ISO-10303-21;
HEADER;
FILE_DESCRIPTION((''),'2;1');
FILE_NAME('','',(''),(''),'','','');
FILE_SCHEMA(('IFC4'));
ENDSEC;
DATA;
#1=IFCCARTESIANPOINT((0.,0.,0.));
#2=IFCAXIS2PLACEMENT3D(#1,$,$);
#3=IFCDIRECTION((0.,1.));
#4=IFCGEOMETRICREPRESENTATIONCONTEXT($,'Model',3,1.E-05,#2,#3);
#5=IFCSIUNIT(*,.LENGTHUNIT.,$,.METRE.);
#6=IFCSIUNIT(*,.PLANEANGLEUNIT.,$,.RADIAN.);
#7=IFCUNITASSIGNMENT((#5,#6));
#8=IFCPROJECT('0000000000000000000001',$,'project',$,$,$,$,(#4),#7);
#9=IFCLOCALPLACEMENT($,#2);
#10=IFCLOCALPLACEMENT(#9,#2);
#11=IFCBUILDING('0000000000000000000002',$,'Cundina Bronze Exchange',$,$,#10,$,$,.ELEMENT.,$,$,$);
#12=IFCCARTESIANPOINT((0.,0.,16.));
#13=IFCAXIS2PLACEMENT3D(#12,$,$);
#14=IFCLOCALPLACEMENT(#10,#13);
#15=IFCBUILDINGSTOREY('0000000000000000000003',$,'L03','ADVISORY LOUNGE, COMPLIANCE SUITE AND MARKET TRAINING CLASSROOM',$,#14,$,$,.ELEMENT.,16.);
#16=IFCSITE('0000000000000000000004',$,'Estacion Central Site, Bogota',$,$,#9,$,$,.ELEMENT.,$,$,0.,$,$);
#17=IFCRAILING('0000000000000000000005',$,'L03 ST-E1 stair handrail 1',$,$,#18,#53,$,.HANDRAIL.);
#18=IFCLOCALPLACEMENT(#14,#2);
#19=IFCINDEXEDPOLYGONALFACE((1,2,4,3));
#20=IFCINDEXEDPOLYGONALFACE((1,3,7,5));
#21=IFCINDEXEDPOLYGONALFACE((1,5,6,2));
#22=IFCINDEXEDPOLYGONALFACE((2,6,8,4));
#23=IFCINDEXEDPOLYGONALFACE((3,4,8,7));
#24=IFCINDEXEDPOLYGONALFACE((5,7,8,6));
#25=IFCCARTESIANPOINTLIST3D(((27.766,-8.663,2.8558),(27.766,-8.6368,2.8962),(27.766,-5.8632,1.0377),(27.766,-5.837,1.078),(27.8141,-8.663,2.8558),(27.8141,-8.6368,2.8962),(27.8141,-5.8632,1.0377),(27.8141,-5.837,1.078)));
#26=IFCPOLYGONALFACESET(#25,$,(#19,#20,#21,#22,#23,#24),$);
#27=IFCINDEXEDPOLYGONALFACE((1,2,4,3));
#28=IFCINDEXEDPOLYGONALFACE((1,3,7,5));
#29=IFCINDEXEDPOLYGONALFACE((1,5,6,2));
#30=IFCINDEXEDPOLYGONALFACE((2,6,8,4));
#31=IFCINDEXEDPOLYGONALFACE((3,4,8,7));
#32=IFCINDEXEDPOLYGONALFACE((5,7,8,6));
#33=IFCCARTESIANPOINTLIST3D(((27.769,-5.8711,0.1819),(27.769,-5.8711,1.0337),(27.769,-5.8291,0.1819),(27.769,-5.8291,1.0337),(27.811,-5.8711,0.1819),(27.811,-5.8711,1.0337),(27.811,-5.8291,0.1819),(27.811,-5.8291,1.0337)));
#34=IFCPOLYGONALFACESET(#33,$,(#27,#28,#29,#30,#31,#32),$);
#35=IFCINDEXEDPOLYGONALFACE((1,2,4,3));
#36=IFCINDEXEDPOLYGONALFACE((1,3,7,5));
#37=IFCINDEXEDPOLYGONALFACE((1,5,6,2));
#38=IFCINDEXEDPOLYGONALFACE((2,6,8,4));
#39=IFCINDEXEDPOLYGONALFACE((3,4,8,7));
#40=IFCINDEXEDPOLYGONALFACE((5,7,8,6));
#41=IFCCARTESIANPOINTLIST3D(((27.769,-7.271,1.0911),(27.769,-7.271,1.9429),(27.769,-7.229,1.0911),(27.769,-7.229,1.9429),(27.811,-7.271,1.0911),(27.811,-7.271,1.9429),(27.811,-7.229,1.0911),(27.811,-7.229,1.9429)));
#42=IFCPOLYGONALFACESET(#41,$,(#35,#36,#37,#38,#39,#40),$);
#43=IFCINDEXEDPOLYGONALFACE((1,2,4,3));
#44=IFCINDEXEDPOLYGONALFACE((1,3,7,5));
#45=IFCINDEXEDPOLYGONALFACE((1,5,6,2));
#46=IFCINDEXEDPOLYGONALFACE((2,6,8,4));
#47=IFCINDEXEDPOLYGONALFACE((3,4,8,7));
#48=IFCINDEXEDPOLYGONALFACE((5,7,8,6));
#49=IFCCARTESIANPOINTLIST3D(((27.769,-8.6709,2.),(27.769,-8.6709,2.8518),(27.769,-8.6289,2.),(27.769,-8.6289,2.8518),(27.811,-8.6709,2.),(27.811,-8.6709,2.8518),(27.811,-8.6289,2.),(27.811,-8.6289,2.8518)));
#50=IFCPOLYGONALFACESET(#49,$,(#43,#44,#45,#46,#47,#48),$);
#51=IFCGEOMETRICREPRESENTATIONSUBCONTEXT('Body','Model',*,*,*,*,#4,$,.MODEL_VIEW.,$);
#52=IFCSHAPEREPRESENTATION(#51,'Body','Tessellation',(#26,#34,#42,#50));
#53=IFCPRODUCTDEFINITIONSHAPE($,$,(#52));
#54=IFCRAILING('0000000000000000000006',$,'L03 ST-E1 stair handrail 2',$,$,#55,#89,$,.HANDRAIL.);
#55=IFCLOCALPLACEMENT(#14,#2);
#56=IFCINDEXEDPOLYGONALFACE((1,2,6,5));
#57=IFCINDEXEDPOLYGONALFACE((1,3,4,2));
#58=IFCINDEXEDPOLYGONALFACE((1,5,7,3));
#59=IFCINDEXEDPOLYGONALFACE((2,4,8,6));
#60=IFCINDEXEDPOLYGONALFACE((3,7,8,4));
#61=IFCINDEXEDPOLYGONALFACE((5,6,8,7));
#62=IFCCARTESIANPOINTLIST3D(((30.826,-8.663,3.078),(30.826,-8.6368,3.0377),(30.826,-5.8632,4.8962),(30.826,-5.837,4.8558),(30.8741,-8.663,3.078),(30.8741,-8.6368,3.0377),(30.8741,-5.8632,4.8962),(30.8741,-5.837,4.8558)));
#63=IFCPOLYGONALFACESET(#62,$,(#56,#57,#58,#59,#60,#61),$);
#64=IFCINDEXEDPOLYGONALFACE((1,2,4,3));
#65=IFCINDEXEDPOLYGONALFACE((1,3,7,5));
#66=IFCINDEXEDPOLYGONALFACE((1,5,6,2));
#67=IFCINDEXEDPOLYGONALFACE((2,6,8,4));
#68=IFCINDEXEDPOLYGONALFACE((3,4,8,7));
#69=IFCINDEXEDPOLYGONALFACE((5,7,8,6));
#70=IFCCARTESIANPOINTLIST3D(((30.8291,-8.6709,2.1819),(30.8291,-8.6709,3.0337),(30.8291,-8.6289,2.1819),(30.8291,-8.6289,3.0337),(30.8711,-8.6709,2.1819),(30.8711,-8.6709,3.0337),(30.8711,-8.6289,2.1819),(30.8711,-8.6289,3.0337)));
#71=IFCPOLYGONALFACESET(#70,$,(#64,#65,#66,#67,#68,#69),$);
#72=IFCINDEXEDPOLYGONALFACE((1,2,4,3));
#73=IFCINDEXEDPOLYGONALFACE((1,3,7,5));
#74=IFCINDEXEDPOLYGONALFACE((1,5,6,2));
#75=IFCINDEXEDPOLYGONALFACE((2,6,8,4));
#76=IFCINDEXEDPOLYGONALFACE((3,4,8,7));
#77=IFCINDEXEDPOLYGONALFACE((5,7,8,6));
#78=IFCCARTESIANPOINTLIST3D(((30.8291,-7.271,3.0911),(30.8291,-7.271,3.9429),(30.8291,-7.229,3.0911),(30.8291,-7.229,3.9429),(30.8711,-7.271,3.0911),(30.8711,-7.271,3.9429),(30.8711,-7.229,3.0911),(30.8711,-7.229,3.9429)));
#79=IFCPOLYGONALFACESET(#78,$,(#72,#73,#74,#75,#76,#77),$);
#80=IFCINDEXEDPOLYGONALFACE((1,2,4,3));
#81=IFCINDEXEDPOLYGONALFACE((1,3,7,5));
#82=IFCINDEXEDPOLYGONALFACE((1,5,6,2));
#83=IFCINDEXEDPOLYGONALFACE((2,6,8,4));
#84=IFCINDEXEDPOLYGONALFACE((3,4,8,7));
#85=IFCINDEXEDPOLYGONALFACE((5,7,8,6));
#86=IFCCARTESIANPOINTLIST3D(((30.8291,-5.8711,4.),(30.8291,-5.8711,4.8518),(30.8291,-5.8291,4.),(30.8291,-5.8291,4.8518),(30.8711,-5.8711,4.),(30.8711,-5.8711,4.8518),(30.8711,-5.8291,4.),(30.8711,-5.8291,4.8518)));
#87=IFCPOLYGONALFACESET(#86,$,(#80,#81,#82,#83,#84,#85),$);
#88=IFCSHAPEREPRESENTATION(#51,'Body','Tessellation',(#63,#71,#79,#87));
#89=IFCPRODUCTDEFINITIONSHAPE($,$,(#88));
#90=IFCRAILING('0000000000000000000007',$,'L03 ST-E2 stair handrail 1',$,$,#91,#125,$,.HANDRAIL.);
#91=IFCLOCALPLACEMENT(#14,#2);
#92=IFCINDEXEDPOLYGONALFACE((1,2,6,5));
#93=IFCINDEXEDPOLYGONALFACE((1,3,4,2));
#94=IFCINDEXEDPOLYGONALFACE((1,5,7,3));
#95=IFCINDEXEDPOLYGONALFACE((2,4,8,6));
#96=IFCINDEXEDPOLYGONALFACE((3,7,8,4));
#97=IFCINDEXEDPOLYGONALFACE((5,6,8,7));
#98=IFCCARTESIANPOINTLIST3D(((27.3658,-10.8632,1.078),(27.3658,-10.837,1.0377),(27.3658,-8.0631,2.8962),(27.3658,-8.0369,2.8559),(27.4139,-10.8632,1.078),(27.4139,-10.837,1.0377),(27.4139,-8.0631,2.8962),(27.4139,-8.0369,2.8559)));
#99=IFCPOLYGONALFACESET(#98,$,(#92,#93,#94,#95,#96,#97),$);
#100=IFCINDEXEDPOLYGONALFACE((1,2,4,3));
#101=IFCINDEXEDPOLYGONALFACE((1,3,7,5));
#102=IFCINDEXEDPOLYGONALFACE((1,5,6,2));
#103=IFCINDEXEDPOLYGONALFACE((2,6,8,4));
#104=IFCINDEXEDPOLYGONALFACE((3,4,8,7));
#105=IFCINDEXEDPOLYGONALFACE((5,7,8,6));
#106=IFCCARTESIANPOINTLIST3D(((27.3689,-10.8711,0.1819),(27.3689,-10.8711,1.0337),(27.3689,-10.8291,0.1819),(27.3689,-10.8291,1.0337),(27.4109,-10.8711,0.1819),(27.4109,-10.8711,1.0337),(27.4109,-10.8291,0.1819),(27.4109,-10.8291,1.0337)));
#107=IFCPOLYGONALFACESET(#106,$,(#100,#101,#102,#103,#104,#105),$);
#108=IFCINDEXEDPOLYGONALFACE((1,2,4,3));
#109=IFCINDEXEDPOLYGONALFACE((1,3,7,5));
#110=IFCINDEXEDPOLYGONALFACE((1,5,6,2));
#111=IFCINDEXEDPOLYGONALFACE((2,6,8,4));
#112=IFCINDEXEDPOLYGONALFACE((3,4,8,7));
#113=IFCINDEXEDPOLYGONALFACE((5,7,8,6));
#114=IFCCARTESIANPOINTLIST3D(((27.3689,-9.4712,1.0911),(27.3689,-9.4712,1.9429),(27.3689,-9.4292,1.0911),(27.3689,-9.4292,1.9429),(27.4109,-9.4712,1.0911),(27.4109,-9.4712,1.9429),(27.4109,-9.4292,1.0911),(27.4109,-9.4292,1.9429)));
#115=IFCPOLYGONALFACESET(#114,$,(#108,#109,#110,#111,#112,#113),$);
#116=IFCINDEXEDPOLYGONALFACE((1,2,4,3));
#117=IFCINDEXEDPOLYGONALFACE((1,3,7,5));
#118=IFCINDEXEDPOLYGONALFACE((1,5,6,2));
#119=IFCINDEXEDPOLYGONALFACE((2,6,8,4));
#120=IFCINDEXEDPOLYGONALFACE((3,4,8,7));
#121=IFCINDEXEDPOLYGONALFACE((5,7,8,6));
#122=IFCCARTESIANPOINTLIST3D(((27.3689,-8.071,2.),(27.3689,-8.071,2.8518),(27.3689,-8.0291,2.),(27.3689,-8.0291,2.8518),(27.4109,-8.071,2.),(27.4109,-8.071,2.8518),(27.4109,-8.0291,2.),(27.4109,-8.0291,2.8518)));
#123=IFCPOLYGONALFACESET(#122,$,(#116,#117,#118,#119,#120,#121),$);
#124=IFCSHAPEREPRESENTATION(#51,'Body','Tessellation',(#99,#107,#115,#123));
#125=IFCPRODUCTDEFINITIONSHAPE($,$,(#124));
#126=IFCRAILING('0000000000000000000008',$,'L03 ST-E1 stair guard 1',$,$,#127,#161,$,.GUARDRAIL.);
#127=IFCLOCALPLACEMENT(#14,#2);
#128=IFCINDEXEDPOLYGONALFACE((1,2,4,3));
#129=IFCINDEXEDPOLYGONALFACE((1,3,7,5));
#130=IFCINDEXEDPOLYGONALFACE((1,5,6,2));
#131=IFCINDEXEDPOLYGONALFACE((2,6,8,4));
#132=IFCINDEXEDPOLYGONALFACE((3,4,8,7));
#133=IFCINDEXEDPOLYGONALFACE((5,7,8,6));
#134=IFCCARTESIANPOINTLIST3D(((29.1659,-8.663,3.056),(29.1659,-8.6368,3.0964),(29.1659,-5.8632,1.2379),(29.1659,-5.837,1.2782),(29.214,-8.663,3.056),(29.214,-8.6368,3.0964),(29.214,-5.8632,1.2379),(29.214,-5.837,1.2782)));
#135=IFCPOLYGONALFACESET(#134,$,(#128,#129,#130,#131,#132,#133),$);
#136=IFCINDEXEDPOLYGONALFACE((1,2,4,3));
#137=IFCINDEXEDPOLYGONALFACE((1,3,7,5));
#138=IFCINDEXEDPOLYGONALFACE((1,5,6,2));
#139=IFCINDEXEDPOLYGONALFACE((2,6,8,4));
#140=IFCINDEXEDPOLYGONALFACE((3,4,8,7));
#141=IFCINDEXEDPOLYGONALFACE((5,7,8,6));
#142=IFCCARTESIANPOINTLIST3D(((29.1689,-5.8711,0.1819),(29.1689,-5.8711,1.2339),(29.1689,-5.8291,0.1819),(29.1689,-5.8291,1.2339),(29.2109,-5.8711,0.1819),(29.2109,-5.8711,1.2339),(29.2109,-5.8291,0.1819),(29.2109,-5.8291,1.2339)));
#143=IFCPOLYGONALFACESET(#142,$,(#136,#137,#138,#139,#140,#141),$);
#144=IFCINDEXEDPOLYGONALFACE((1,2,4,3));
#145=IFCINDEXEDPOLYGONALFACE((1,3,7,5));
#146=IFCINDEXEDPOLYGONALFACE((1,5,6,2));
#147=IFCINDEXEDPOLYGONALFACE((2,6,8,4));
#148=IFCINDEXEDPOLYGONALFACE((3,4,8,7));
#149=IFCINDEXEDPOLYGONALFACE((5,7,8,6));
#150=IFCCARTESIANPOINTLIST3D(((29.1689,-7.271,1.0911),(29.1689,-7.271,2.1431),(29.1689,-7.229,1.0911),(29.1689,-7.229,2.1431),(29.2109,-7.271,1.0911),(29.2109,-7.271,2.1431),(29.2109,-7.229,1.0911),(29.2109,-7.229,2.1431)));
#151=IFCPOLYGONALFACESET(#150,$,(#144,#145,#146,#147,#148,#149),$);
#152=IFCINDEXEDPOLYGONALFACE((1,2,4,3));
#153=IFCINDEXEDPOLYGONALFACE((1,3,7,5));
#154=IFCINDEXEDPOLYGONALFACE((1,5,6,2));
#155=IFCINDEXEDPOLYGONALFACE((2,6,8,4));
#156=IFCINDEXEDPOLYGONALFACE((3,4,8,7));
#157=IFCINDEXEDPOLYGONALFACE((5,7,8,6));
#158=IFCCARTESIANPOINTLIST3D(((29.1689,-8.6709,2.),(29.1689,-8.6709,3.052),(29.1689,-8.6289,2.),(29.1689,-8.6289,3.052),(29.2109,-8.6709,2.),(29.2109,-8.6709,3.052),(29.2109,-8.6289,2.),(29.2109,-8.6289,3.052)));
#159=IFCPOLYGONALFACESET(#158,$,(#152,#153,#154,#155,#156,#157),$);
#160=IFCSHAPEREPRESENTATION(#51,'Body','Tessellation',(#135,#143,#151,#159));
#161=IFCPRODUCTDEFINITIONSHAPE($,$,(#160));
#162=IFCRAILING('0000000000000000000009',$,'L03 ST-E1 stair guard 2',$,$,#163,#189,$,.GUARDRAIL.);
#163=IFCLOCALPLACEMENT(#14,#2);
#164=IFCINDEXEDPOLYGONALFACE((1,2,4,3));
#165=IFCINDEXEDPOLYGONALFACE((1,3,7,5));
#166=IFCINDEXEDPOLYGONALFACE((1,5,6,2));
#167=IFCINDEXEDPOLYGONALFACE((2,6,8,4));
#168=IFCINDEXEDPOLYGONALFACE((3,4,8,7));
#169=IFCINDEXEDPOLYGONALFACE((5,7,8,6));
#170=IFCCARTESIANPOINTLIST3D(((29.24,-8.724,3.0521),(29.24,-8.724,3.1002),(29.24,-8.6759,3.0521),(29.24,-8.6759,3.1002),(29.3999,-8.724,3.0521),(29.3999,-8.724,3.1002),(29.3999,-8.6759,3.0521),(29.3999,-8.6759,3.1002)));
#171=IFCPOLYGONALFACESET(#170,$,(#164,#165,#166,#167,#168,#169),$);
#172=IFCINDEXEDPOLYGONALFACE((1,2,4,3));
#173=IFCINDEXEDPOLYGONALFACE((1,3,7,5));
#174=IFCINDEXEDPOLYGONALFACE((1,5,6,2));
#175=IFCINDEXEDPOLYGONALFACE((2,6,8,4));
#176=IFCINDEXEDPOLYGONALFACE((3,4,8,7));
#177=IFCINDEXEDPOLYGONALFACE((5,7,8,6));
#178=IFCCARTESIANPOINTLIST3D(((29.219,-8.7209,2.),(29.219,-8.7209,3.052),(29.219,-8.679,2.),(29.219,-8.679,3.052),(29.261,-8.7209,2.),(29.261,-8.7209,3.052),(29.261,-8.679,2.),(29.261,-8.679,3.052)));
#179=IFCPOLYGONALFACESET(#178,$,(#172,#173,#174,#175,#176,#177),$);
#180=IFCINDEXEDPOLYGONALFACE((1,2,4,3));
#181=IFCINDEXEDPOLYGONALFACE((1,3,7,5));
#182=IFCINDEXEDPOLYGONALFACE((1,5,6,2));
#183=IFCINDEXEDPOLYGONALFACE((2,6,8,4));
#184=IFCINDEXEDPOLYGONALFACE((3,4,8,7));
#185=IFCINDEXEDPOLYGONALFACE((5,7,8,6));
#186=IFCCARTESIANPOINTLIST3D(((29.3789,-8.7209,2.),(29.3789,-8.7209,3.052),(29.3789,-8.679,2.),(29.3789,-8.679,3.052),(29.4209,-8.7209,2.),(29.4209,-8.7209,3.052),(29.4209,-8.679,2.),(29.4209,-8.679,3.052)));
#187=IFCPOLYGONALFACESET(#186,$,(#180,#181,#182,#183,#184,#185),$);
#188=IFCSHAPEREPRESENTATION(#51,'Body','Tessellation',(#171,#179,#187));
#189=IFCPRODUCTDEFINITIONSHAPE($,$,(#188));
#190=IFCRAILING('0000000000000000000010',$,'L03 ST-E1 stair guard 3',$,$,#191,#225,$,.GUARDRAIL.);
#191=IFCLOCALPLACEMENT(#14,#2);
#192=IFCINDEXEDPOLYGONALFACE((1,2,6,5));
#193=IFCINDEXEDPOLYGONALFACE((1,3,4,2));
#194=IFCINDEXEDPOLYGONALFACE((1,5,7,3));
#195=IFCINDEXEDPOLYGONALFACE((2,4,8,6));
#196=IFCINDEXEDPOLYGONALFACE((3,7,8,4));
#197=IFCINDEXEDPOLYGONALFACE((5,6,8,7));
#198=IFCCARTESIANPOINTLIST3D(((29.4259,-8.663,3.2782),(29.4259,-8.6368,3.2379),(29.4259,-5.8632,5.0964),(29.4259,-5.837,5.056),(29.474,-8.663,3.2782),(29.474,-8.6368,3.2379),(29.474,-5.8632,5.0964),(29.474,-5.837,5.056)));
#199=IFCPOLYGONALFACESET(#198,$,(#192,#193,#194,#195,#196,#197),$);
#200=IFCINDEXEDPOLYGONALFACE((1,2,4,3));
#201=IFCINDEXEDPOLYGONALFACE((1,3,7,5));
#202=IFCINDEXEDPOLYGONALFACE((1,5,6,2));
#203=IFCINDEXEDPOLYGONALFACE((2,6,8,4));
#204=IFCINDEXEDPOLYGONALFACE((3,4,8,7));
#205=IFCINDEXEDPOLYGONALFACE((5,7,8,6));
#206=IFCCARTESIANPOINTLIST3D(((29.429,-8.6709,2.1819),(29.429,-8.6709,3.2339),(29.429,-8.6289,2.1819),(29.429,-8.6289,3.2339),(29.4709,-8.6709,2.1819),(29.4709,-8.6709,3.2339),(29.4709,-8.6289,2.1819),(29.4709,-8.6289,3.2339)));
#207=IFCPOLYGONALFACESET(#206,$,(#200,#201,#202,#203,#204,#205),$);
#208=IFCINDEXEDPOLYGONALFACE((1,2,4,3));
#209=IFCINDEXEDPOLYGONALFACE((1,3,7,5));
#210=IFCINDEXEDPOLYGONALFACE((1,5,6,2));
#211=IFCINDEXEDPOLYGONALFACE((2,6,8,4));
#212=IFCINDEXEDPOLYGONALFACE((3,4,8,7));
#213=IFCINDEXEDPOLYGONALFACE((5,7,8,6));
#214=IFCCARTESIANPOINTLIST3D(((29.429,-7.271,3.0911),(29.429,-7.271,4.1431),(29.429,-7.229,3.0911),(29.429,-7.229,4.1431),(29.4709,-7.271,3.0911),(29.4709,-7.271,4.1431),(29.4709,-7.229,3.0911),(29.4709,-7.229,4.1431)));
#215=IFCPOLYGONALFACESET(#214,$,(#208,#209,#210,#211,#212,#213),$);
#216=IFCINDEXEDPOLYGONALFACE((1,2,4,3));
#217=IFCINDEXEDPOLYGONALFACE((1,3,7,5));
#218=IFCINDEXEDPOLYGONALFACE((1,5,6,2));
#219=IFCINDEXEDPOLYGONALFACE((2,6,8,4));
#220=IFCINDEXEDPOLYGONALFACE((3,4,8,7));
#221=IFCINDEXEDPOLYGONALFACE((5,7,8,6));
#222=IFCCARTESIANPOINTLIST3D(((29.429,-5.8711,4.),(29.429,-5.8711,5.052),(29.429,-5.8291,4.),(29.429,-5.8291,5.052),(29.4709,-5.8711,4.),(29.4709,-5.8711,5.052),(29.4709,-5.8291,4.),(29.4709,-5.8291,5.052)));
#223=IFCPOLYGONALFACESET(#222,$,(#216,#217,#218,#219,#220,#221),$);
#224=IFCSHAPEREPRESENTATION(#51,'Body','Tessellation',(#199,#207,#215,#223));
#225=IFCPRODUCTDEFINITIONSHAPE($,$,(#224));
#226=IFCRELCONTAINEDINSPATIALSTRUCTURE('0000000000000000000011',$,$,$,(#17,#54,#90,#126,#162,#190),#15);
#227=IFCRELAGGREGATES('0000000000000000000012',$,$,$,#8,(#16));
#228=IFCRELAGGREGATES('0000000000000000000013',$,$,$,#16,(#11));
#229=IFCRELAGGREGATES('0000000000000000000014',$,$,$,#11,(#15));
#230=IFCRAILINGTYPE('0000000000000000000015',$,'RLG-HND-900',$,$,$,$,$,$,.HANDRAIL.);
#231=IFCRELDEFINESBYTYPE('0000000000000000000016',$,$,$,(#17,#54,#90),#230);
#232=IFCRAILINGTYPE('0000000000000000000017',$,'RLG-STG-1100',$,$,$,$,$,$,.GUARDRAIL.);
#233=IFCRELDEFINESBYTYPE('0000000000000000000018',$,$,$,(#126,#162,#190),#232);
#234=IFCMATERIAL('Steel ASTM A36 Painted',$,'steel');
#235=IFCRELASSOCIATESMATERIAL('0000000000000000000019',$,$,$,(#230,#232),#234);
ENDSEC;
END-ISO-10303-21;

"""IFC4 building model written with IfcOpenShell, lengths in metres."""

from ifc_helpers import new_model, si_unit, direction, frame, origin, origin_2d, place, context, subcontext, project, spatial, rectangle, extrude, material, type_object, element, save


model = new_model("IFC4")

# Units and contexts
model_context = context("Model", 3, precision=1e-05, world=origin(), true_north=direction((0.0, 1.0)))
body_context = subcontext(model_context, "Body", "Model", "MODEL_VIEW")
ifc_project = project(units=[si_unit("LENGTHUNIT", "METRE"), si_unit("PLANEANGLEUNIT", "RADIAN")], contexts=[model_context])

# Site, building, storey
site_placement = place(None, origin())
site = spatial("IfcSite", under=ifc_project, at=site_placement, Name="Estacion Central Site, Bogota", CompositionType="ELEMENT", RefElevation=0.0)
building_placement = place(site_placement, origin())
building = spatial("IfcBuilding", under=site, at=building_placement, Name="Cundina Bronze Exchange", CompositionType="ELEMENT")
storey_placement = place(building_placement, frame((0.0, 0.0, 16.0)))
storey = spatial("IfcBuildingStorey", under=building, at=storey_placement, Name="L03", Description="ADVISORY LOUNGE, COMPLIANCE SUITE AND MARKET TRAINING CLASSROOM", CompositionType="ELEMENT", Elevation=16.0)

# Shared definitions
ifc_material_1 = material(Name="Steel ASTM A36 Painted", Category="steel")

# Railings
railing_type_1 = type_object("IfcRailingType", Name="RLG-HND-900", PredefinedType="HANDRAIL", material=ifc_material_1)
railing_1_placement = place(storey_placement, frame((27.79, -5.8501, 0.1819)))
element("IfcRailing", 1, at=railing_1_placement, inside=storey, type_object=railing_type_1, Name="L03 ST-E1 stair handrail 1", PredefinedType="HANDRAIL", context=body_context, shape_type="SweptSolid", body=[
    extrude(rectangle(XDim=0.0481, YDim=0.0481, at=origin_2d()), frame((0.0, 0.0, 0.876), z_axis=(0.0, -0.838684, 0.544618), x_axis=(1.0, 0.0, 0.0)), (0.0, 0.0, 1.0), 3.3384),
    extrude(rectangle(XDim=0.042, YDim=0.042, at=origin_2d()), origin(), (0.0, 0.0, 1.0), 0.8518),
    extrude(rectangle(XDim=0.042, YDim=0.042, at=origin_2d()), frame((0.0, -1.3999, 0.9092)), (0.0, 0.0, 1.0), 0.8518),
    extrude(rectangle(XDim=0.042, YDim=0.042, at=origin_2d()), frame((0.0, -2.7998, 1.8181)), (0.0, 0.0, 1.0), 0.8518),
])
railing_2_placement = place(storey_placement, frame((30.8501, -8.6499, 2.1819)))
element("IfcRailing", 2, at=railing_2_placement, inside=storey, type_object=railing_type_1, Name="L03 ST-E1 stair handrail 2", PredefinedType="HANDRAIL", context=body_context, shape_type="SweptSolid", body=[
    extrude(rectangle(XDim=0.0481, YDim=0.0481, at=origin_2d()), frame((0.0, 0.0, 0.876), z_axis=(0.0, 0.838684, 0.544618), x_axis=(-1.0, 0.0, 0.0)), (0.0, 0.0, 1.0), 3.3384),
    extrude(rectangle(XDim=0.042, YDim=0.042, at=origin_2d()), origin(), (0.0, 0.0, 1.0), 0.8518),
    extrude(rectangle(XDim=0.042, YDim=0.042, at=origin_2d()), frame((0.0, 1.3999, 0.9092)), (0.0, 0.0, 1.0), 0.8518),
    extrude(rectangle(XDim=0.042, YDim=0.042, at=origin_2d()), frame((0.0, 2.7998, 1.8181)), (0.0, 0.0, 1.0), 0.8518),
])
railing_3_placement = place(storey_placement, frame((27.3899, -10.8501, 0.1819)))
element("IfcRailing", 3, at=railing_3_placement, inside=storey, type_object=railing_type_1, Name="L03 ST-E2 stair handrail 1", PredefinedType="HANDRAIL", context=body_context, shape_type="SweptSolid", body=[
    extrude(rectangle(XDim=0.0481, YDim=0.0481, at=origin_2d()), frame((0.0, 0.0, 0.876), z_axis=(0.0, 0.838706, 0.544585), x_axis=(-1.0, 0.0, 0.0)), (0.0, 0.0, 1.0), 3.3386),
    extrude(rectangle(XDim=0.042, YDim=0.042, at=origin_2d()), origin(), (0.0, 0.0, 1.0), 0.8518),
    extrude(rectangle(XDim=0.042, YDim=0.042, at=origin_2d()), frame((0.0, 1.3999, 0.9092)), (0.0, 0.0, 1.0), 0.8518),
    extrude(rectangle(XDim=0.042, YDim=0.042, at=origin_2d()), frame((0.0, 2.8, 1.8181)), (0.0, 0.0, 1.0), 0.8518),
])
railing_type_2 = type_object("IfcRailingType", Name="RLG-STG-1100", PredefinedType="GUARDRAIL", material=ifc_material_1)
railing_4_placement = place(storey_placement, frame((29.1899, -5.8501, 0.1819)))
element("IfcRailing", 4, at=railing_4_placement, inside=storey, type_object=railing_type_2, Name="L03 ST-E1 stair guard 1", PredefinedType="GUARDRAIL", context=body_context, shape_type="SweptSolid", body=[
    extrude(rectangle(XDim=0.0481, YDim=0.0481, at=origin_2d()), frame((0.0, 0.0, 1.0762), z_axis=(0.0, -0.838684, 0.544618), x_axis=(1.0, 0.0, 0.0)), (0.0, 0.0, 1.0), 3.3384),
    extrude(rectangle(XDim=0.042, YDim=0.042, at=origin_2d()), origin(), (0.0, 0.0, 1.0), 1.052),
    extrude(rectangle(XDim=0.042, YDim=0.042, at=origin_2d()), frame((0.0, -1.3999, 0.9092)), (0.0, 0.0, 1.0), 1.052),
    extrude(rectangle(XDim=0.042, YDim=0.042, at=origin_2d()), frame((0.0, -2.7998, 1.8181)), (0.0, 0.0, 1.0), 1.052),
])
railing_5_placement = place(storey_placement, frame((29.24, -8.7, 2.0)))
element("IfcRailing", 5, at=railing_5_placement, inside=storey, type_object=railing_type_2, Name="L03 ST-E1 stair guard 2", PredefinedType="GUARDRAIL", context=body_context, shape_type="SweptSolid", body=[
    extrude(rectangle(XDim=0.0481, YDim=0.0481, at=origin_2d()), frame((0.0, 0.0, 1.0762), z_axis=(1.0, 0.0, 0.0), x_axis=(0.0, 1.0, 0.0)), (0.0, 0.0, 1.0), 0.1599),
    extrude(rectangle(XDim=0.042, YDim=0.042, at=origin_2d()), origin(), (0.0, 0.0, 1.0), 1.052),
    extrude(rectangle(XDim=0.042, YDim=0.042, at=origin_2d()), frame((0.1599, 0.0, 0.0)), (0.0, 0.0, 1.0), 1.052),
])
railing_6_placement = place(storey_placement, frame((29.45, -8.6499, 2.1819)))
element("IfcRailing", 6, at=railing_6_placement, inside=storey, type_object=railing_type_2, Name="L03 ST-E1 stair guard 3", PredefinedType="GUARDRAIL", context=body_context, shape_type="SweptSolid", body=[
    extrude(rectangle(XDim=0.0481, YDim=0.0481, at=origin_2d()), frame((0.0, 0.0, 1.0762), z_axis=(0.0, 0.838684, 0.544618), x_axis=(-1.0, 0.0, 0.0)), (0.0, 0.0, 1.0), 3.3384),
    extrude(rectangle(XDim=0.042, YDim=0.042, at=origin_2d()), origin(), (0.0, 0.0, 1.0), 1.052),
    extrude(rectangle(XDim=0.042, YDim=0.042, at=origin_2d()), frame((0.0, 1.3999, 0.9092)), (0.0, 0.0, 1.0), 1.052),
    extrude(rectangle(XDim=0.042, YDim=0.042, at=origin_2d()), frame((0.0, 2.7998, 1.8181)), (0.0, 0.0, 1.0), 1.052),
])

save(model, "model.ifc")
